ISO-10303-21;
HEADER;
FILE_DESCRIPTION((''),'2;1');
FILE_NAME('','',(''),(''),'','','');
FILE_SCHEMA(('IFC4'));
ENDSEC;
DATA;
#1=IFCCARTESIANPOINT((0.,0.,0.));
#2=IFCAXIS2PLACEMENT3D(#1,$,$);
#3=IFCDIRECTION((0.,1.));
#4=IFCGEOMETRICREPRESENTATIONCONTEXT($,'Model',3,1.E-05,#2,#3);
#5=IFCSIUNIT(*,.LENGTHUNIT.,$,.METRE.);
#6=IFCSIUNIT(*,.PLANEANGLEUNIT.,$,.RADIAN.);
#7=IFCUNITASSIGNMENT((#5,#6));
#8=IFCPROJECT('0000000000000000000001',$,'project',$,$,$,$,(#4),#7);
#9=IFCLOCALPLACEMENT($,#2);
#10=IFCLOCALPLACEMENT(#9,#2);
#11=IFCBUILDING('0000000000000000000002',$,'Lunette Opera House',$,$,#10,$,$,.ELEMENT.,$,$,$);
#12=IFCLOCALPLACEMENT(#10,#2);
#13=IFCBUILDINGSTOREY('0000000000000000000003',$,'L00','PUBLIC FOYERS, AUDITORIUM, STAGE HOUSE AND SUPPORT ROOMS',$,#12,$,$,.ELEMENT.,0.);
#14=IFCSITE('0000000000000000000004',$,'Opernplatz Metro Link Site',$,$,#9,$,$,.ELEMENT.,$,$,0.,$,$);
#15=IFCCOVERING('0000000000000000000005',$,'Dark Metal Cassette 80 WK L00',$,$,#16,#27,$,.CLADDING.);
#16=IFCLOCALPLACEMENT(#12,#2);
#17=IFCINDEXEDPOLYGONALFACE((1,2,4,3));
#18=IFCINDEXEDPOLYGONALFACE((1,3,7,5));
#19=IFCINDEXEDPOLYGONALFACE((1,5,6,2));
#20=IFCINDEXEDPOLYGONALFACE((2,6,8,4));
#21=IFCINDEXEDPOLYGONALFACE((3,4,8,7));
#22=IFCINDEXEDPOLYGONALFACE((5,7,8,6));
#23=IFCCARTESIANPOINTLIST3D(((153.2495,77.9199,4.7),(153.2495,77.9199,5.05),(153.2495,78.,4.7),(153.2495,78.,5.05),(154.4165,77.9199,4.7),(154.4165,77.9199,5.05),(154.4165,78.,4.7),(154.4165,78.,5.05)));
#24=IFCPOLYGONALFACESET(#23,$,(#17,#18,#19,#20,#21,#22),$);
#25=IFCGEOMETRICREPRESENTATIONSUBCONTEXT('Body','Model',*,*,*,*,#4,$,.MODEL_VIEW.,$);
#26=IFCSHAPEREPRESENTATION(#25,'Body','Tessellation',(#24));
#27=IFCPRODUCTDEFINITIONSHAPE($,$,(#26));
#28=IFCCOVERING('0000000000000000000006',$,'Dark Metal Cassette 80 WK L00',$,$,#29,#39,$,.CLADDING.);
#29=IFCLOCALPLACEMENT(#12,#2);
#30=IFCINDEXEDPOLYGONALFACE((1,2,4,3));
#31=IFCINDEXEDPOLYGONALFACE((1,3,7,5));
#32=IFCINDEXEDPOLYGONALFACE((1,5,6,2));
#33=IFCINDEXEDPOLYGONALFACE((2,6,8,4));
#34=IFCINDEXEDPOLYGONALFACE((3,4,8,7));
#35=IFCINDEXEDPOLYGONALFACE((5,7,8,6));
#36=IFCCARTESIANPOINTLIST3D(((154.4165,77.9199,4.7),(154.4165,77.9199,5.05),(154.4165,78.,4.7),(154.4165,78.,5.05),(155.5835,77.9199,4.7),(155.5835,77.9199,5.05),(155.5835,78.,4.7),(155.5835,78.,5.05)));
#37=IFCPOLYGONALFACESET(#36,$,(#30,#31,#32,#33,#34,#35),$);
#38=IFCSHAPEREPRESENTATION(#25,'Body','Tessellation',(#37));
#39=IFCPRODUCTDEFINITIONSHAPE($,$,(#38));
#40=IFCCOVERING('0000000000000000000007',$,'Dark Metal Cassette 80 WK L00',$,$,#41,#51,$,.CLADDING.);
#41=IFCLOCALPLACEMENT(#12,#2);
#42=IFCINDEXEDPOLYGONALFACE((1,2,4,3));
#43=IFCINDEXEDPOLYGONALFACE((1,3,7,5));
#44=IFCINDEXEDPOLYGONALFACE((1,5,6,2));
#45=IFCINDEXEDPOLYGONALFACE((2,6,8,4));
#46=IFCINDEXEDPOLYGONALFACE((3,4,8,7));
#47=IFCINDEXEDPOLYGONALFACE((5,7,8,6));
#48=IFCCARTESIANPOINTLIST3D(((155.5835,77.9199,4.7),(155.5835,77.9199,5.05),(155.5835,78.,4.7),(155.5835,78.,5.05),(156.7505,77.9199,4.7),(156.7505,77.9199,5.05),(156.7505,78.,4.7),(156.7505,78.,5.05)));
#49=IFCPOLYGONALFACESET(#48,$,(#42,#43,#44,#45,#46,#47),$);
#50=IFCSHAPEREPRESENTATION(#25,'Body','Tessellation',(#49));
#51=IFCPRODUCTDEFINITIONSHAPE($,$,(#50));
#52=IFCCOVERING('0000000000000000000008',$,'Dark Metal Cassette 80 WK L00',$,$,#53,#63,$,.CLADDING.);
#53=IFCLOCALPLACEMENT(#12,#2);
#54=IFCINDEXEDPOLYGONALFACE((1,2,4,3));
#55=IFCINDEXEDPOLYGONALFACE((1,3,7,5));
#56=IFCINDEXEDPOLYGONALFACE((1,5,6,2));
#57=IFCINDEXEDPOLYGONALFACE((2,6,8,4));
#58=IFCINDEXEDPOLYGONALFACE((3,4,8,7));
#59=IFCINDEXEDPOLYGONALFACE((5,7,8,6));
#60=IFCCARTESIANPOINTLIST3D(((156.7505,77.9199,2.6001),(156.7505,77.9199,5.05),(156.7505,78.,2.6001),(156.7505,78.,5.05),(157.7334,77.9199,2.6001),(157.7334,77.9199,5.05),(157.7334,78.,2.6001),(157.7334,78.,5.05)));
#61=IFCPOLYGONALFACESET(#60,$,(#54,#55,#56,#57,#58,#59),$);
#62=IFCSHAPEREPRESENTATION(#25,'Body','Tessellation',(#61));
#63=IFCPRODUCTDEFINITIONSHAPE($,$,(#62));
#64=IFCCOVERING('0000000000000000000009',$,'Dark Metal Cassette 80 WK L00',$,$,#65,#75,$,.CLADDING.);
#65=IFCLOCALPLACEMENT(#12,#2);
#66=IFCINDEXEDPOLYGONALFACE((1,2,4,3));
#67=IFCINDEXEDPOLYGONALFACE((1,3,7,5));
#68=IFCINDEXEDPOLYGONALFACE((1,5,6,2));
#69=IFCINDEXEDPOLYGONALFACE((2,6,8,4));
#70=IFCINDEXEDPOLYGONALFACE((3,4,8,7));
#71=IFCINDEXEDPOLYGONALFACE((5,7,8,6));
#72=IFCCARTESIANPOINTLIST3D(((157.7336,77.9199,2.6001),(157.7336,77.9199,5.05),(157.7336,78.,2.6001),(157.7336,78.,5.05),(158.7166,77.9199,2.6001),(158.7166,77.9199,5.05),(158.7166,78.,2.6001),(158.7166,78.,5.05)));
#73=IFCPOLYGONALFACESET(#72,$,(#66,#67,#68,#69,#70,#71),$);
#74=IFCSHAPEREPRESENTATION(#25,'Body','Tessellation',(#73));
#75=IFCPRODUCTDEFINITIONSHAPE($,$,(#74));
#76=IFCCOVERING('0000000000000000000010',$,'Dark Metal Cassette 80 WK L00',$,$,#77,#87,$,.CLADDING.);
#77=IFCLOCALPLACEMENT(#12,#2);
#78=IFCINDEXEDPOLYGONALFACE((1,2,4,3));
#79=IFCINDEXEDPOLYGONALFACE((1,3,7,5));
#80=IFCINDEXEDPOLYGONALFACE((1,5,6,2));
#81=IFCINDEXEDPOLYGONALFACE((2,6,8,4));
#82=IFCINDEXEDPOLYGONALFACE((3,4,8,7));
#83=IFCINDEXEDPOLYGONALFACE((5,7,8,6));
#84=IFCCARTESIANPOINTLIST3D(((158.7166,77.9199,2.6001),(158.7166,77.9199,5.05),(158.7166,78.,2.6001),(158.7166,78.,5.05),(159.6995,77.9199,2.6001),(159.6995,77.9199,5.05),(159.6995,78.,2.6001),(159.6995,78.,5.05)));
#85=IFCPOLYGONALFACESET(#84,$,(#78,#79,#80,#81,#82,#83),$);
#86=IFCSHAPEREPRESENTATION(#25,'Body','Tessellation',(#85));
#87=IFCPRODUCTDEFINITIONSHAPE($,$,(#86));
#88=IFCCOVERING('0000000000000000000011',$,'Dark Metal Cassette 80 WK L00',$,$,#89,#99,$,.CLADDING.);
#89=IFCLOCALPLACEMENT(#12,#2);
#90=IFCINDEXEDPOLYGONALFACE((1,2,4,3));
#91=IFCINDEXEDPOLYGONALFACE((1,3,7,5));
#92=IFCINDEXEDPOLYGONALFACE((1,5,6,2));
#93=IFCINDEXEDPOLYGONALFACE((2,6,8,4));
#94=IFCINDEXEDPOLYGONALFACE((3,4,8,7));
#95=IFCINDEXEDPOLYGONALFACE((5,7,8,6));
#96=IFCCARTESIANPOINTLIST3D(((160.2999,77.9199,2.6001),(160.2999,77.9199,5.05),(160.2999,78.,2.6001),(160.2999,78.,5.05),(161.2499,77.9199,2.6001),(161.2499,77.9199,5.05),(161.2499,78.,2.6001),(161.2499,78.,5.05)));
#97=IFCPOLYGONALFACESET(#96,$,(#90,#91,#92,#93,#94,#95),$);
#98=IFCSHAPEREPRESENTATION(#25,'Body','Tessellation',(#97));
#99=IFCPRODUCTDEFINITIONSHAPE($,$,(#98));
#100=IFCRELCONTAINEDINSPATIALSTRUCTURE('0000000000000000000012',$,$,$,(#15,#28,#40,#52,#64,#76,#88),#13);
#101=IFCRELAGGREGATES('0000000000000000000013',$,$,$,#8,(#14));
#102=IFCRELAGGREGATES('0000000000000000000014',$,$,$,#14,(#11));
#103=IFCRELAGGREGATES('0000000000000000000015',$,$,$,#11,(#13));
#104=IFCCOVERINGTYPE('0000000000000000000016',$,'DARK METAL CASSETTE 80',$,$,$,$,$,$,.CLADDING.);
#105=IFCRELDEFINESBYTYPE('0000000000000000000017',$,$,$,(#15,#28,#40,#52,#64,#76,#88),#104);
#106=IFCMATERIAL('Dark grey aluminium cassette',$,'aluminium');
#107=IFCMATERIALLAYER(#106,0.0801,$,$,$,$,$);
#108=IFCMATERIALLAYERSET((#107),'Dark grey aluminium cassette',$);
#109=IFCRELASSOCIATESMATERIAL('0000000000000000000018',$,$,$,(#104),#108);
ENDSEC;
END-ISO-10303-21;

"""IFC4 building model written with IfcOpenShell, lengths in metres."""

from ifc_helpers import new_model, si_unit, direction, frame, origin, origin_2d, place, context, subcontext, project, spatial, rectangle, extrude, material, layer, layer_set, type_object, element, save


model = new_model("IFC4")

# Units and contexts
model_context = context("Model", 3, precision=1e-05, world=origin(), true_north=direction((0.0, 1.0)))
body_context = subcontext(model_context, "Body", "Model", "MODEL_VIEW")
ifc_project = project(units=[si_unit("LENGTHUNIT", "METRE"), si_unit("PLANEANGLEUNIT", "RADIAN")], contexts=[model_context])

# Site, building, storey
site_placement = place(None, origin())
site = spatial("IfcSite", under=ifc_project, at=site_placement, Name="Opernplatz Metro Link Site", CompositionType="ELEMENT", RefElevation=0.0)
building_placement = place(site_placement, origin())
building = spatial("IfcBuilding", under=site, at=building_placement, Name="Lunette Opera House", CompositionType="ELEMENT")
storey_placement = place(building_placement, origin())
storey = spatial("IfcBuildingStorey", under=building, at=storey_placement, Name="L00", Description="PUBLIC FOYERS, AUDITORIUM, STAGE HOUSE AND SUPPORT ROOMS", CompositionType="ELEMENT", Elevation=0.0)

# Coverings
ifc_material_1 = material(Name="Dark grey aluminium cassette", Category="aluminium")
ifc_layer_1 = layer(ifc_material_1, 0.0801)
ifc_layer_set_1 = layer_set([ifc_layer_1], Name="Dark grey aluminium cassette")
covering_type_1 = type_object("IfcCoveringType", Name="DARK METAL CASSETTE 80", PredefinedType="CLADDING", material=ifc_layer_set_1)
for number, where, z_axis, x_axis, name in (
    (1, (153.833, 77.96, 4.7), (0.0, 0.0, 1.0), (1.0, 0.0, 0.0), "Dark Metal Cassette 80 WK L00"),
    (2, (155.0, 77.96, 4.7), (0.0, 0.0, 1.0), (1.0, 0.0, 0.0), "Dark Metal Cassette 80 WK L00"),
    (3, (156.167, 77.96, 4.7), (0.0, 0.0, 1.0), (1.0, 0.0, 0.0), "Dark Metal Cassette 80 WK L00"),
):
    element("IfcCovering", number, at=place(storey_placement, frame(where, z_axis=z_axis, x_axis=x_axis)), inside=storey, type_object=covering_type_1, Name=name, PredefinedType="CLADDING", context=body_context, shape_type="SweptSolid", body=[
        extrude(rectangle(XDim=1.167, YDim=0.0801, at=origin_2d()), origin(), (0.0, 0.0, 1.0), 0.3501),
    ])
for number, where, z_axis, x_axis, name in (
    (4, (157.2419, 77.96, 2.6001), (0.0, 0.0, 1.0), (1.0, 0.0, 0.0), "Dark Metal Cassette 80 WK L00"),
    (5, (158.2251, 77.96, 2.6001), (0.0, 0.0, 1.0), (1.0, 0.0, 0.0), "Dark Metal Cassette 80 WK L00"),
    (6, (159.208, 77.96, 2.6001), (0.0, 0.0, 1.0), (1.0, 0.0, 0.0), "Dark Metal Cassette 80 WK L00"),
):
    element("IfcCovering", number, at=place(storey_placement, frame(where, z_axis=z_axis, x_axis=x_axis)), inside=storey, type_object=covering_type_1, Name=name, PredefinedType="CLADDING", context=body_context, shape_type="SweptSolid", body=[
        extrude(rectangle(XDim=0.9829, YDim=0.0801, at=origin_2d()), origin(), (0.0, 0.0, 1.0), 2.45),
    ])
covering_1_placement = place(storey_placement, frame((160.7749, 77.96, 2.6001), z_axis=(0.0, 0.0, 1.0), x_axis=(1.0, 0.0, 0.0)))
element("IfcCovering", 7, at=covering_1_placement, inside=storey, type_object=covering_type_1, Name="Dark Metal Cassette 80 WK L00", PredefinedType="CLADDING", context=body_context, shape_type="SweptSolid", body=[
    extrude(rectangle(XDim=0.95, YDim=0.0801, at=origin_2d()), origin(), (0.0, 0.0, 1.0), 2.45),
])

save(model, "model.ifc")
